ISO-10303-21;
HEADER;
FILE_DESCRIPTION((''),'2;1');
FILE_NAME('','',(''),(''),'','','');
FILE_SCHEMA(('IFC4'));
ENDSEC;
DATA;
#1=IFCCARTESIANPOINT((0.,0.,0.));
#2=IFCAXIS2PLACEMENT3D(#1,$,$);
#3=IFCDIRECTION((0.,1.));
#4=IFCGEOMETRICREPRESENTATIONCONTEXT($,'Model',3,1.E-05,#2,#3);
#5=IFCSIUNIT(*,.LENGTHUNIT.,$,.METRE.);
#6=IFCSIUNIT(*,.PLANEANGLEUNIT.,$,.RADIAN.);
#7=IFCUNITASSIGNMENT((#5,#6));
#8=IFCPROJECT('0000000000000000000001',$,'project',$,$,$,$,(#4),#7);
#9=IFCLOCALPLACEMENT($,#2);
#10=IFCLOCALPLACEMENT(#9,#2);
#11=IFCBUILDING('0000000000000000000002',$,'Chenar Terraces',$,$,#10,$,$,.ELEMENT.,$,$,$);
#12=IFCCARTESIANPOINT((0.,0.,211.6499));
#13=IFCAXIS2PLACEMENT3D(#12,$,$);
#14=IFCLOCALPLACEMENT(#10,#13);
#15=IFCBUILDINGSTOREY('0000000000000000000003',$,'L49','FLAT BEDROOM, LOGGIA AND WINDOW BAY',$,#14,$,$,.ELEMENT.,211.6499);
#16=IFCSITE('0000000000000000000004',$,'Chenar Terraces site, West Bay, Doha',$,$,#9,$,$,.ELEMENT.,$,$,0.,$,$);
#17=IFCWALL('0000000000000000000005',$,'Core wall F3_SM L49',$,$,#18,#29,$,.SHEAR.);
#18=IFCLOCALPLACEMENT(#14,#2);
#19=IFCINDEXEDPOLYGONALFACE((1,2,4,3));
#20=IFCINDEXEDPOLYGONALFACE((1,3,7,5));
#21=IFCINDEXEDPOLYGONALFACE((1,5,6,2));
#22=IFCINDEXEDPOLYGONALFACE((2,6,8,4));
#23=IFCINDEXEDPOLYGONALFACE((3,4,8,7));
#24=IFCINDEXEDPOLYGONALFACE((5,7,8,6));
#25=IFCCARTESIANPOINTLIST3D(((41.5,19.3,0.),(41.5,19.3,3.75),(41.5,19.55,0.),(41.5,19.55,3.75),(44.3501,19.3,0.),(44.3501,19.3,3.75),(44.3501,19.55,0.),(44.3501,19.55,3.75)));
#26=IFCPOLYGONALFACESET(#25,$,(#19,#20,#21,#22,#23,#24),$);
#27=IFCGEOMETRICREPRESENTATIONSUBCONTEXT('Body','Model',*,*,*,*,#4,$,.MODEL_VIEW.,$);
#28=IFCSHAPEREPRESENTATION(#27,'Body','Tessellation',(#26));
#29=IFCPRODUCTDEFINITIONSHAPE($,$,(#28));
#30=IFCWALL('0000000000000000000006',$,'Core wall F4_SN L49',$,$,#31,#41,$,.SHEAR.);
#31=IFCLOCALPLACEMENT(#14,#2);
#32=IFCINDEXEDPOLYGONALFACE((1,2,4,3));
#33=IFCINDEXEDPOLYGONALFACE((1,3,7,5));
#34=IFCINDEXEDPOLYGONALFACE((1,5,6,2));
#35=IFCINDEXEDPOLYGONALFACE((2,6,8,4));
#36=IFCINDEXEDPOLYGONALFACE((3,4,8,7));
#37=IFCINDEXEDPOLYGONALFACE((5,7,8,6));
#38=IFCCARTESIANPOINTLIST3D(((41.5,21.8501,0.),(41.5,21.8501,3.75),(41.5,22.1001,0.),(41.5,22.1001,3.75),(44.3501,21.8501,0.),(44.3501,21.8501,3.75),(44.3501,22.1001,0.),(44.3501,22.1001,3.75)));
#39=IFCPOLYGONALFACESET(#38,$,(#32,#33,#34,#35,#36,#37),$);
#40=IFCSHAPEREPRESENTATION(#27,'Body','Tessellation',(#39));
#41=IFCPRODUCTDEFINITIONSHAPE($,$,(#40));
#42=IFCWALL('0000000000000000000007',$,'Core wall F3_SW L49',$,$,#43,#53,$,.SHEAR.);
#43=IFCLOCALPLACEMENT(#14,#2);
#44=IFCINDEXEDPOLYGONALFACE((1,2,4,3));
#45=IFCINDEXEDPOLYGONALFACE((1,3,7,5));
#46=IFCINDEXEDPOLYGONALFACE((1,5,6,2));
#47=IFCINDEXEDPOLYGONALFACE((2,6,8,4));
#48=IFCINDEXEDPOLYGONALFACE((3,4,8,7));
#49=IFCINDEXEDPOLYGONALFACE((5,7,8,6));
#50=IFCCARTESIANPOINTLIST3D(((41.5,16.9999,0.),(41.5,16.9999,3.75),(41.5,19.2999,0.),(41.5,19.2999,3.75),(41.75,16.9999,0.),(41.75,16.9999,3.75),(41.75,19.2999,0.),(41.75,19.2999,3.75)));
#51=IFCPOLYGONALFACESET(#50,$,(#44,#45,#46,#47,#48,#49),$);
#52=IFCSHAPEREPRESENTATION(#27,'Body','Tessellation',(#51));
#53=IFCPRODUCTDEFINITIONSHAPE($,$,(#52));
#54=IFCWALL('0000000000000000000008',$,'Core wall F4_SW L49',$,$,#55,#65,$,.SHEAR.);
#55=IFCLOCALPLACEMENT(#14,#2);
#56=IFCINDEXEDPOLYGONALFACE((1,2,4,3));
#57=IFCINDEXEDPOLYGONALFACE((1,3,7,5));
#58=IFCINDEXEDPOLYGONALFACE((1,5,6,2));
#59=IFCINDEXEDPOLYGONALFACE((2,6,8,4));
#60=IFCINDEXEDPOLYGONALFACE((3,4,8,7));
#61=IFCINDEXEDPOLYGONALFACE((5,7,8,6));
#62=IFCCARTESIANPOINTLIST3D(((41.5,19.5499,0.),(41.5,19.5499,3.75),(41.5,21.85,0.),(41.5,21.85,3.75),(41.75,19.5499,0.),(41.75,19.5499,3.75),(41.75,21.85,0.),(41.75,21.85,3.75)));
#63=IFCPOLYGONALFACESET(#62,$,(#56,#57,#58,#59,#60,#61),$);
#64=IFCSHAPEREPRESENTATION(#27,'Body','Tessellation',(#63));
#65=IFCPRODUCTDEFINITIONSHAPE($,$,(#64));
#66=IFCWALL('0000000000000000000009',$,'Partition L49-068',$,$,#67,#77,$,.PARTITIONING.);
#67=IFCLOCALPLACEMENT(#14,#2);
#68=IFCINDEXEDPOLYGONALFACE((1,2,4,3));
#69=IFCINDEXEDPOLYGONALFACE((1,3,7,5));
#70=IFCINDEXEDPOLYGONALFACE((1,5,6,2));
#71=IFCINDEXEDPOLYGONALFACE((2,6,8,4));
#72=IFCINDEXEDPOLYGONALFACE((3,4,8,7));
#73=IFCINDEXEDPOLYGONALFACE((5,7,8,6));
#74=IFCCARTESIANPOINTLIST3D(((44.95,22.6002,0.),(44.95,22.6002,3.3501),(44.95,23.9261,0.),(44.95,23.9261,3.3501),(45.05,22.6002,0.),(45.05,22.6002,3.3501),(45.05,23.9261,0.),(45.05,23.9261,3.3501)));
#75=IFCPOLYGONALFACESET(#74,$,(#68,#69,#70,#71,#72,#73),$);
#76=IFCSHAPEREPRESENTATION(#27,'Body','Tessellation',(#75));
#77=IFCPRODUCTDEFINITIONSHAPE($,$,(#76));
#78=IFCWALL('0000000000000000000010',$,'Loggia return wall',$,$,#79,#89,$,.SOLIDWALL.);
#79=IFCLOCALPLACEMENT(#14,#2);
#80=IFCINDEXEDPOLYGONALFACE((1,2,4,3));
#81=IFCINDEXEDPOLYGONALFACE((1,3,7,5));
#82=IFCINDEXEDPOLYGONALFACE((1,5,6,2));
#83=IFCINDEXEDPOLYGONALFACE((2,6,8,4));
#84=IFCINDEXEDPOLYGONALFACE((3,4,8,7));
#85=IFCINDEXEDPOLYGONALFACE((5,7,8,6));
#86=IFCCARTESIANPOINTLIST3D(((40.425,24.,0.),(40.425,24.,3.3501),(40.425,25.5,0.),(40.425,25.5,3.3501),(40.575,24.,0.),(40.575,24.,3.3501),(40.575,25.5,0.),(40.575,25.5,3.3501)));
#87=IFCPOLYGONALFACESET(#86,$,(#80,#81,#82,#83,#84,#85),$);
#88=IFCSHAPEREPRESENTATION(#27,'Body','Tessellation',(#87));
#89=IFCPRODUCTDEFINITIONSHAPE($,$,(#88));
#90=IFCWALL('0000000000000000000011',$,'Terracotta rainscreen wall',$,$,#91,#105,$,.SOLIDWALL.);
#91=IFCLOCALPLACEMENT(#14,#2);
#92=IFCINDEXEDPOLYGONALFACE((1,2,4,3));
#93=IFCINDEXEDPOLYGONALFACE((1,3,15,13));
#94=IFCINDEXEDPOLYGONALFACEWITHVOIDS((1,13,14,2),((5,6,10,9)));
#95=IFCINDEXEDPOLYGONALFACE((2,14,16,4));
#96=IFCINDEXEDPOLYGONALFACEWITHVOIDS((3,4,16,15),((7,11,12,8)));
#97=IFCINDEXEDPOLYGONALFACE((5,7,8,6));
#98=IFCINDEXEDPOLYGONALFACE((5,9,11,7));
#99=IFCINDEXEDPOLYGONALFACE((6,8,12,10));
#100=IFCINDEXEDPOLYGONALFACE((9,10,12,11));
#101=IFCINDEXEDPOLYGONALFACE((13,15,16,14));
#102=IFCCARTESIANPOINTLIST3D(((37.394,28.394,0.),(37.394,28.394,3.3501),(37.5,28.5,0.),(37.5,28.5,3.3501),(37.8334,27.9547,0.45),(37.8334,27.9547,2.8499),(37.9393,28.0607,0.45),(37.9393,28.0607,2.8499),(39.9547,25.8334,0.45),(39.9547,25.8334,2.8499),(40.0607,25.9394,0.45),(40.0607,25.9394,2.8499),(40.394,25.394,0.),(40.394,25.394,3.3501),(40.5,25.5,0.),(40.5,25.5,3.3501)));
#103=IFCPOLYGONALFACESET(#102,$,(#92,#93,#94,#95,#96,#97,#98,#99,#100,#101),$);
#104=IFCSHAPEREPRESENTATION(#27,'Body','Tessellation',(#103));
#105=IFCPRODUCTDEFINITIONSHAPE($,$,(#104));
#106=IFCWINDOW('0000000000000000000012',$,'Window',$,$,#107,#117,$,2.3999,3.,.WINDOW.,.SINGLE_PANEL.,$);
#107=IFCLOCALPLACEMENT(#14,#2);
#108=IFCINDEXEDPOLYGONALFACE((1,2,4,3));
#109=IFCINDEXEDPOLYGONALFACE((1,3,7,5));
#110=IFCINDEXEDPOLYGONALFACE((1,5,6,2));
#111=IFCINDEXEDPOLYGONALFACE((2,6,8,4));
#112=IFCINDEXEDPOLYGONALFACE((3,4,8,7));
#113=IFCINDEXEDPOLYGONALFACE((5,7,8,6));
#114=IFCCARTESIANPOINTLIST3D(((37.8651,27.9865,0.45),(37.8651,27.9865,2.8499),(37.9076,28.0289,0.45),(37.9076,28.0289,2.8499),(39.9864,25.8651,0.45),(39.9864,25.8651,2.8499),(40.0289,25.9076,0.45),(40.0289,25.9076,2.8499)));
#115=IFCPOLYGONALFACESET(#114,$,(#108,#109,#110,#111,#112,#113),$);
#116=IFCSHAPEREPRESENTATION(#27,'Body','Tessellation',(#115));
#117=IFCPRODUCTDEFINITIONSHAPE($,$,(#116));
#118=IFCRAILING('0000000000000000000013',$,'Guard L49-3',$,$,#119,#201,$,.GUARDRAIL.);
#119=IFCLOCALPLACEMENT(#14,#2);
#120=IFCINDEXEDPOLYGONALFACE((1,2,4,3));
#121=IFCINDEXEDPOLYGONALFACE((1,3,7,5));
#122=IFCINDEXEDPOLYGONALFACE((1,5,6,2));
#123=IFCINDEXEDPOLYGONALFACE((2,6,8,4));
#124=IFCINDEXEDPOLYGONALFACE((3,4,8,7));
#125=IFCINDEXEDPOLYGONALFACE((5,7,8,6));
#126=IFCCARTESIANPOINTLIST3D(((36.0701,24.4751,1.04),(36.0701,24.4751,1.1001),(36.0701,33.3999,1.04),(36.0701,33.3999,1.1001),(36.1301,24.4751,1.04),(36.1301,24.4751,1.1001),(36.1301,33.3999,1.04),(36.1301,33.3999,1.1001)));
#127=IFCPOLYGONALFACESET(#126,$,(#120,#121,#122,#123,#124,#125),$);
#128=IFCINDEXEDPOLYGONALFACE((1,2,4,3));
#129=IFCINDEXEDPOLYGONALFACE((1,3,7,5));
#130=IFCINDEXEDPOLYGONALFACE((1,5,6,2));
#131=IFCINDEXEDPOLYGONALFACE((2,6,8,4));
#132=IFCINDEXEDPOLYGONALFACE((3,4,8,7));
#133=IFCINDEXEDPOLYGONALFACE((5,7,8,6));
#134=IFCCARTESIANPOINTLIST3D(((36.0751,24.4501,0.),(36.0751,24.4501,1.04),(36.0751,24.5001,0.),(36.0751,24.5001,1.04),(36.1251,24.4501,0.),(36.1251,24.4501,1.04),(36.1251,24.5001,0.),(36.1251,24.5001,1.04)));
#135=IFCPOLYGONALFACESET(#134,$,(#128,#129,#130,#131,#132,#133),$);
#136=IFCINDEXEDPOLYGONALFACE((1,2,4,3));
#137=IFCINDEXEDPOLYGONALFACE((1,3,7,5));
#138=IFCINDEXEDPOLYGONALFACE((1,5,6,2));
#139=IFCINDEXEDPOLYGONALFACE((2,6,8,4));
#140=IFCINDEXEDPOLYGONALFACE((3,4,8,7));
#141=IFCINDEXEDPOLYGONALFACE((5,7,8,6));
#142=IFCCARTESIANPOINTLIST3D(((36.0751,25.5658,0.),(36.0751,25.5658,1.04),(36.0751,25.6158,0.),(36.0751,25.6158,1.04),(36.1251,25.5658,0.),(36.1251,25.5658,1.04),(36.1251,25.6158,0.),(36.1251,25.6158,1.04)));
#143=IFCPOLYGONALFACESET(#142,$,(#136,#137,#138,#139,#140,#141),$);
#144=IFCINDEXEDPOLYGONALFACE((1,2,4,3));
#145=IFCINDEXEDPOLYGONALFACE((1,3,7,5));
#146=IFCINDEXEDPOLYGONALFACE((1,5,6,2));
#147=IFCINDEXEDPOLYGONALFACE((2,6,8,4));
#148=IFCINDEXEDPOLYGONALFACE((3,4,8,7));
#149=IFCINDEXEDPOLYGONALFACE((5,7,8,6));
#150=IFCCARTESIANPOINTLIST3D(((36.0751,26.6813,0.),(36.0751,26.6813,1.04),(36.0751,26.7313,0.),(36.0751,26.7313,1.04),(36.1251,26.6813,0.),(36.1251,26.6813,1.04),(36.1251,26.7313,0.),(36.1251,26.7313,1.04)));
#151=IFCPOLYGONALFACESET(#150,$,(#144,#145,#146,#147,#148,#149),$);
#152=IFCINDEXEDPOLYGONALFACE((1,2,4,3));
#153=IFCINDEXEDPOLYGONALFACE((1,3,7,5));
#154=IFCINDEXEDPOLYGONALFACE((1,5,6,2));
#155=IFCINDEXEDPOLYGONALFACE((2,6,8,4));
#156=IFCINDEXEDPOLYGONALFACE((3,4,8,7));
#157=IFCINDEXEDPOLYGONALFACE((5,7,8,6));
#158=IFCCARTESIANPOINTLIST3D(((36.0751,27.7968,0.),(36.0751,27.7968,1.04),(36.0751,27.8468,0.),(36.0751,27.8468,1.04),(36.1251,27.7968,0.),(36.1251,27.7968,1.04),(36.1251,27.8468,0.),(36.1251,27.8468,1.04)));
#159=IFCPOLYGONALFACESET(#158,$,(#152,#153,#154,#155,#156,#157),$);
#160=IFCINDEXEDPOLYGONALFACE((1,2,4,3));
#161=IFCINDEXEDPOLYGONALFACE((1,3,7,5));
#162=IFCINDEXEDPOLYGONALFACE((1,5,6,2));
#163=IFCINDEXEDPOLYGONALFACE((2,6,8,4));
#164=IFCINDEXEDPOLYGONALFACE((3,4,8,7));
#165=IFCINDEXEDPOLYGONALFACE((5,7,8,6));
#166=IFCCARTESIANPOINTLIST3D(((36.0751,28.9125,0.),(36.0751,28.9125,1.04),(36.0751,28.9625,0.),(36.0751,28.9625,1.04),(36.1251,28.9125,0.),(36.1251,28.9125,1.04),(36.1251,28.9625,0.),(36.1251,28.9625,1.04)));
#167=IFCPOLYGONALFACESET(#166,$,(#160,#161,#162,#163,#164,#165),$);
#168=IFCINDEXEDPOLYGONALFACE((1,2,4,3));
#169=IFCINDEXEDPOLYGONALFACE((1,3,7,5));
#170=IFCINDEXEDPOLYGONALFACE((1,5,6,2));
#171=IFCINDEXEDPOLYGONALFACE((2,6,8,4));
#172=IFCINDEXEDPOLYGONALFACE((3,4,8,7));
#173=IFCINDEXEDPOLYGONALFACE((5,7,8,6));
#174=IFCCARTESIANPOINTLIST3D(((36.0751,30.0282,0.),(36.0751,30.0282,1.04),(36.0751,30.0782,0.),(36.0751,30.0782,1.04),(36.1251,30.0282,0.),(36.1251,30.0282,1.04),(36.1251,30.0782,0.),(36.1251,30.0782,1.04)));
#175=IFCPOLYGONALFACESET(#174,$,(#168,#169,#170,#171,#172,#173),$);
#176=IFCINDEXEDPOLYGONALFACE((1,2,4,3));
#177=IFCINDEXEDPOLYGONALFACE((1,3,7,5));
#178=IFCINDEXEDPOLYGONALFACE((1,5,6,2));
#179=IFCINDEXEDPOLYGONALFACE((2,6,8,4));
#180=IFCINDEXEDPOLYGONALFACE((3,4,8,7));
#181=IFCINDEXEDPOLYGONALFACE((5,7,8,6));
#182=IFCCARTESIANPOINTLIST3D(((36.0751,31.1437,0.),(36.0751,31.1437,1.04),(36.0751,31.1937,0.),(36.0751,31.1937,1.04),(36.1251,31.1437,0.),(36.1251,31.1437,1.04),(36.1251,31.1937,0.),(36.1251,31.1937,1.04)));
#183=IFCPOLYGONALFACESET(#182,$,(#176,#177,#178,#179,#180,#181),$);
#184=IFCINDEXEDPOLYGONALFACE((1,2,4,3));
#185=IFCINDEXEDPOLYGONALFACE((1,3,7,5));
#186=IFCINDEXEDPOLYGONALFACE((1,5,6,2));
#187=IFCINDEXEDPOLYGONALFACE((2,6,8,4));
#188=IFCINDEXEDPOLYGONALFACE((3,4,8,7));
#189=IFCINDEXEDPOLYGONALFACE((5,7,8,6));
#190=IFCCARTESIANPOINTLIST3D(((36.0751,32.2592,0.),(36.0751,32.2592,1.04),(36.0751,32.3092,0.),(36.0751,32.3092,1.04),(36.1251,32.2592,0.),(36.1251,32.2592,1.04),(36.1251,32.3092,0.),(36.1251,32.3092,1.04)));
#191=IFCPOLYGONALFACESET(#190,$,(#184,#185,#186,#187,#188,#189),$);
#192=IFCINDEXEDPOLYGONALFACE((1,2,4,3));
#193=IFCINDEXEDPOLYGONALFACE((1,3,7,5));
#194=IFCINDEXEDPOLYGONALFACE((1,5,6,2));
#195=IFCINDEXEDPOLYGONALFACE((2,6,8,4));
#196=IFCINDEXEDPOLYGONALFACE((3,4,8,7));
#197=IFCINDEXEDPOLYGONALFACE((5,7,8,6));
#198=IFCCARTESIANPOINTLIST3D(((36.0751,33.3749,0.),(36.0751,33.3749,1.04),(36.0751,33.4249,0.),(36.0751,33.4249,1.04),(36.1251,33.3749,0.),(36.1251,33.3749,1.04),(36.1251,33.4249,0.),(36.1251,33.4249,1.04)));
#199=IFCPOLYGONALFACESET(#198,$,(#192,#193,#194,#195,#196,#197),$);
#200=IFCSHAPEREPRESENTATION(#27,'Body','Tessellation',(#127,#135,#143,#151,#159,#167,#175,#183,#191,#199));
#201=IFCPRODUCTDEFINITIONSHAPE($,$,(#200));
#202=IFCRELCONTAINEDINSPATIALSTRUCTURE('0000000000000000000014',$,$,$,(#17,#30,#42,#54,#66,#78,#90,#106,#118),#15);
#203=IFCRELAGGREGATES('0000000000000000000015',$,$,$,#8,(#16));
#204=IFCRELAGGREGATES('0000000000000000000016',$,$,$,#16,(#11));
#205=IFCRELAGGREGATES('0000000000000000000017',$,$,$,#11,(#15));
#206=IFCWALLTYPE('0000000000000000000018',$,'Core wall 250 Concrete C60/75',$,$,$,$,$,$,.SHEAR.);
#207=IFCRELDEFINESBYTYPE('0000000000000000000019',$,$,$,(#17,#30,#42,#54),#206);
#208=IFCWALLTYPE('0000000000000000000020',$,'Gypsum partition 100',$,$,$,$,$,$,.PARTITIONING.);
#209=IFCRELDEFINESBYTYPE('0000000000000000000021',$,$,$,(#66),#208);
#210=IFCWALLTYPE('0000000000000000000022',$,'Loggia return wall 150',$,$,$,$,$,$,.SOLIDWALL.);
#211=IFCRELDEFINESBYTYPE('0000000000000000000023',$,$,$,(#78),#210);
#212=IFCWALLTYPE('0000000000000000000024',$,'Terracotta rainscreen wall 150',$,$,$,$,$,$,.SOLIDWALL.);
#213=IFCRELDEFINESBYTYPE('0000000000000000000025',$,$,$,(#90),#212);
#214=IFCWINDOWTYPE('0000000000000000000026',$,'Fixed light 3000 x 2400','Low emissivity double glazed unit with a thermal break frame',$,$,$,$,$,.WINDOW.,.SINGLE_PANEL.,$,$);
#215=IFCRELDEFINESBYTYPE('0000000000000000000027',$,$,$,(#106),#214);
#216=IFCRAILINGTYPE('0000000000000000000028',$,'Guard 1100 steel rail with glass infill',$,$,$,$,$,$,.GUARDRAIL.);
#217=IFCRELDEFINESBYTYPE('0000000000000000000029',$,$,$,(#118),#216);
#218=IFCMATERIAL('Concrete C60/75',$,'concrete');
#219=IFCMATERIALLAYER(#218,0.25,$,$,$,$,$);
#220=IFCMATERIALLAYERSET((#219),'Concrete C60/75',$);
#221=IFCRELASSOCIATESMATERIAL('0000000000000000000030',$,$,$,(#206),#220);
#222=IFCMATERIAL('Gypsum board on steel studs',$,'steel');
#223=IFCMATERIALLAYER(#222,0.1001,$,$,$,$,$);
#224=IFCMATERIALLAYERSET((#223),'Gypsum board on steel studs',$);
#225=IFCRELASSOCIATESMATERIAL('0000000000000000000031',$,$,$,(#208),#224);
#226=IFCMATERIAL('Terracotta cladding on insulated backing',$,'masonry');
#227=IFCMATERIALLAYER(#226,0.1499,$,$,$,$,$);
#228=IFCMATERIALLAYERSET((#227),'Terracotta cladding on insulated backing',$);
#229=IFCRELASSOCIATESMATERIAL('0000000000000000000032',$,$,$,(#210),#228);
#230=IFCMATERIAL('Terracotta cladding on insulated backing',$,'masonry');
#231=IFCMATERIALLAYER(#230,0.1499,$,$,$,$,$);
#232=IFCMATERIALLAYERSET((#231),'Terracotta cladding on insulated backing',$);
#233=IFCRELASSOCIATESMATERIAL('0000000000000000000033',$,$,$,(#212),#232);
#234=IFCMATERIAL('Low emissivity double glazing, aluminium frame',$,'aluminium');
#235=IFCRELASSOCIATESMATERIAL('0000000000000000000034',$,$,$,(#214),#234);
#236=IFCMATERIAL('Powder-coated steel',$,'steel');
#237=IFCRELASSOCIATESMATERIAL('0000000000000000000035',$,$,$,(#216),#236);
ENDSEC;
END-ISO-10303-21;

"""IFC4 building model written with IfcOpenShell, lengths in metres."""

from ifc_helpers import new_model, si_unit, direction, frame, frame_2d, origin, origin_2d, place, context, subcontext, project, spatial, rectangle, extrude, material, layer, layer_set, type_object, element, fill, save


model = new_model("IFC4")

# Units and contexts
model_context = context("Model", 3, precision=1e-05, world=origin(), true_north=direction((0.0, 1.0)))
body_context = subcontext(model_context, "Body", "Model", "MODEL_VIEW")
ifc_project = project(units=[si_unit("LENGTHUNIT", "METRE"), si_unit("PLANEANGLEUNIT", "RADIAN")], contexts=[model_context])

# Site, building, storey
site_placement = place(None, origin())
site = spatial("IfcSite", under=ifc_project, at=site_placement, Name="Chenar Terraces site, West Bay, Doha", CompositionType="ELEMENT", RefElevation=0.0)
building_placement = place(site_placement, origin())
building = spatial("IfcBuilding", under=site, at=building_placement, Name="Chenar Terraces", CompositionType="ELEMENT")
storey_placement = place(building_placement, frame((0.0, 0.0, 211.6499)))
storey = spatial("IfcBuildingStorey", under=building, at=storey_placement, Name="L49", Description="FLAT BEDROOM, LOGGIA AND WINDOW BAY", CompositionType="ELEMENT", Elevation=211.6499)

# Shared definitions
ifc_material_1 = material(Name="Concrete C60/75", Category="concrete")
ifc_layer_1 = layer(ifc_material_1, 0.25)
ifc_layer_set_1 = layer_set([ifc_layer_1], Name="Concrete C60/75")
wall_type_1 = type_object("IfcWallType", Name="Core wall 250 Concrete C60/75", PredefinedType="SHEAR", material=ifc_layer_set_1)

# Walls
for number, where, z_axis, x_axis, name in (
    (1, (41.5, 19.425, 0.0), (0.0, 0.0, 1.0), (1.0, 0.0, 0.0), "Core wall F3_SM L49"),
    (2, (41.5, 21.9751, 0.0), (0.0, 0.0, 1.0), (1.0, 0.0, 0.0), "Core wall F4_SN L49"),
):
    element("IfcWall", number, at=place(storey_placement, frame(where, z_axis=z_axis, x_axis=x_axis)), inside=storey, type_object=wall_type_1, Name=name, PredefinedType="SHEAR", context=body_context, shape_type="SweptSolid", body=[
        extrude(rectangle(XDim=2.8501, YDim=0.25, at=frame_2d((1.425, 0.0))), origin(), (0.0, 0.0, 1.0), 3.75),
    ])
for number, where, z_axis, x_axis, name in (
    (3, (41.625, 17.0, 0.0), (0.0, 0.0, 1.0), (0.0, 1.0, 0.0), "Core wall F3_SW L49"),
    (4, (41.625, 19.55, 0.0), (0.0, 0.0, 1.0), (0.0, 1.0, 0.0), "Core wall F4_SW L49"),
):
    element("IfcWall", number, at=place(storey_placement, frame(where, z_axis=z_axis, x_axis=x_axis)), inside=storey, type_object=wall_type_1, Name=name, PredefinedType="SHEAR", context=body_context, shape_type="SweptSolid", body=[
        extrude(rectangle(XDim=2.3, YDim=0.25, at=frame_2d((1.1499, 0.0))), origin(), (0.0, 0.0, 1.0), 3.75),
    ])
ifc_material_2 = material(Name="Gypsum board on steel studs", Category="steel")
ifc_layer_2 = layer(ifc_material_2, 0.1001)
ifc_layer_set_2 = layer_set([ifc_layer_2], Name="Gypsum board on steel studs")
wall_type_2 = type_object("IfcWallType", Name="Gypsum partition 100", PredefinedType="PARTITIONING", material=ifc_layer_set_2)
wall_1_placement = place(storey_placement, frame((45.0, 22.6001, 0.0), z_axis=(0.0, 0.0, 1.0), x_axis=(0.0, 1.0, 0.0)))
element("IfcWall", 5, at=wall_1_placement, inside=storey, type_object=wall_type_2, Name="Partition L49-068", PredefinedType="PARTITIONING", context=body_context, shape_type="SweptSolid", body=[
    extrude(rectangle(XDim=1.3259, YDim=0.1001, at=frame_2d((0.6631, 0.0))), origin(), (0.0, 0.0, 1.0), 3.3501),
])
ifc_material_3 = material(Name="Terracotta cladding on insulated backing", Category="masonry")
ifc_layer_3 = layer(ifc_material_3, 0.1499)
ifc_layer_set_3 = layer_set([ifc_layer_3], Name="Terracotta cladding on insulated backing")
wall_type_3 = type_object("IfcWallType", Name="Loggia return wall 150", PredefinedType="SOLIDWALL", material=ifc_layer_set_3)
wall_2_placement = place(storey_placement, frame((40.5, 25.5, 0.0), z_axis=(0.0, 0.0, 1.0), x_axis=(0.0, -1.0, 0.0)))
element("IfcWall", 6, at=wall_2_placement, inside=storey, type_object=wall_type_3, Name="Loggia return wall", PredefinedType="SOLIDWALL", context=body_context, shape_type="SweptSolid", body=[
    extrude(rectangle(XDim=1.5, YDim=0.1499, at=frame_2d((0.75, 0.0))), origin(), (0.0, 0.0, 1.0), 3.3501),
])

# Wall, opening, window
ifc_material_4 = material(Name="Terracotta cladding on insulated backing", Category="masonry")
ifc_layer_4 = layer(ifc_material_4, 0.1499)
ifc_layer_set_4 = layer_set([ifc_layer_4], Name="Terracotta cladding on insulated backing")
wall_type_4 = type_object("IfcWallType", Name="Terracotta rainscreen wall 150", PredefinedType="SOLIDWALL", material=ifc_layer_set_4)
wall_3_placement = place(storey_placement, frame((40.447, 25.447, 0.0), z_axis=(0.0, 0.0, 1.0), x_axis=(-0.707107, 0.707107, 0.0)))
wall_3 = element("IfcWall", 7, at=wall_3_placement, inside=storey, type_object=wall_type_4, Name="Terracotta rainscreen wall", PredefinedType="SOLIDWALL", context=body_context, shape_type="SweptSolid", body=[
    extrude(rectangle(XDim=4.2427, YDim=0.1499, at=frame_2d((2.1213, 0.0))), origin(), (0.0, 0.0, 1.0), 3.3501),
])
opening_1_placement = place(wall_3_placement, frame((0.6213, 0.0, 0.45)))
opening_1 = element("IfcOpeningElement", 8, at=opening_1_placement, cuts=wall_3, PredefinedType="OPENING", context=body_context, shape_type="SweptSolid", body=[
    extrude(rectangle(XDim=3.0, YDim=2.3999, at=frame_2d((1.5, 1.2))), frame((0.0, 0.085, 0.0), z_axis=(0.0, -1.0, 0.0), x_axis=(1.0, 0.0, 0.0)), (0.0, 0.0, 1.0), 0.1699),
])
ifc_material_5 = material(Name="Low emissivity double glazing, aluminium frame", Category="aluminium")
window_type = type_object("IfcWindowType", Name="Fixed light 3000 x 2400", Description="Low emissivity double glazed unit with a thermal break frame", PartitioningType="SINGLE_PANEL", PredefinedType="WINDOW", material=ifc_material_5)
window_placement = place(opening_1_placement, origin())
window = element("IfcWindow", 9, at=window_placement, inside=storey, type_object=window_type, Name="Window", OverallHeight=2.3999, OverallWidth=3.0, PartitioningType="SINGLE_PANEL", PredefinedType="WINDOW", context=body_context, shape_type="SweptSolid", body=[
    extrude(rectangle(XDim=3.0, YDim=2.3999, at=frame_2d((1.5, 1.2))), frame((0.0, 0.03, 0.0), z_axis=(0.0, -1.0, 0.0), x_axis=(1.0, 0.0, 0.0)), (0.0, 0.0, 1.0), 0.0601),
])
fill(opening_1, window)

# Railing
ifc_material_6 = material(Name="Powder-coated steel", Category="steel")
railing_type = type_object("IfcRailingType", Name="Guard 1100 steel rail with glass infill", PredefinedType="GUARDRAIL", material=ifc_material_6)
railing_placement = place(storey_placement, frame((36.1001, 24.4751, 0.0)))
element("IfcRailing", 10, at=railing_placement, inside=storey, type_object=railing_type, Name="Guard L49-3", PredefinedType="GUARDRAIL", context=body_context, shape_type="SweptSolid", body=[
    extrude(rectangle(XDim=0.0601, YDim=0.0601, at=origin_2d()), frame((0.0, 0.0, 1.0701), z_axis=(0.0, 1.0, 0.0), x_axis=(-1.0, 0.0, 0.0)), (0.0, 0.0, 1.0), 8.9248),
    extrude(rectangle(XDim=0.05, YDim=0.05, at=origin_2d()), origin(), (0.0, 0.0, 1.0), 1.04),
    extrude(rectangle(XDim=0.05, YDim=0.05, at=origin_2d()), frame((0.0, 1.1157, 0.0)), (0.0, 0.0, 1.0), 1.04),
    extrude(rectangle(XDim=0.05, YDim=0.05, at=origin_2d()), frame((0.0, 2.2312, 0.0)), (0.0, 0.0, 1.0), 1.04),
    extrude(rectangle(XDim=0.05, YDim=0.05, at=origin_2d()), frame((0.0, 3.3467, 0.0)), (0.0, 0.0, 1.0), 1.04),
    extrude(rectangle(XDim=0.05, YDim=0.05, at=origin_2d()), frame((0.0, 4.4624, 0.0)), (0.0, 0.0, 1.0), 1.04),
    extrude(rectangle(XDim=0.05, YDim=0.05, at=origin_2d()), frame((0.0, 5.5781, 0.0)), (0.0, 0.0, 1.0), 1.04),
    extrude(rectangle(XDim=0.05, YDim=0.05, at=origin_2d()), frame((0.0, 6.6936, 0.0)), (0.0, 0.0, 1.0), 1.04),
    extrude(rectangle(XDim=0.05, YDim=0.05, at=origin_2d()), frame((0.0, 7.8091, 0.0)), (0.0, 0.0, 1.0), 1.04),
    extrude(rectangle(XDim=0.05, YDim=0.05, at=origin_2d()), frame((0.0, 8.9248, 0.0)), (0.0, 0.0, 1.0), 1.04),
])

save(model, "model.ifc")
